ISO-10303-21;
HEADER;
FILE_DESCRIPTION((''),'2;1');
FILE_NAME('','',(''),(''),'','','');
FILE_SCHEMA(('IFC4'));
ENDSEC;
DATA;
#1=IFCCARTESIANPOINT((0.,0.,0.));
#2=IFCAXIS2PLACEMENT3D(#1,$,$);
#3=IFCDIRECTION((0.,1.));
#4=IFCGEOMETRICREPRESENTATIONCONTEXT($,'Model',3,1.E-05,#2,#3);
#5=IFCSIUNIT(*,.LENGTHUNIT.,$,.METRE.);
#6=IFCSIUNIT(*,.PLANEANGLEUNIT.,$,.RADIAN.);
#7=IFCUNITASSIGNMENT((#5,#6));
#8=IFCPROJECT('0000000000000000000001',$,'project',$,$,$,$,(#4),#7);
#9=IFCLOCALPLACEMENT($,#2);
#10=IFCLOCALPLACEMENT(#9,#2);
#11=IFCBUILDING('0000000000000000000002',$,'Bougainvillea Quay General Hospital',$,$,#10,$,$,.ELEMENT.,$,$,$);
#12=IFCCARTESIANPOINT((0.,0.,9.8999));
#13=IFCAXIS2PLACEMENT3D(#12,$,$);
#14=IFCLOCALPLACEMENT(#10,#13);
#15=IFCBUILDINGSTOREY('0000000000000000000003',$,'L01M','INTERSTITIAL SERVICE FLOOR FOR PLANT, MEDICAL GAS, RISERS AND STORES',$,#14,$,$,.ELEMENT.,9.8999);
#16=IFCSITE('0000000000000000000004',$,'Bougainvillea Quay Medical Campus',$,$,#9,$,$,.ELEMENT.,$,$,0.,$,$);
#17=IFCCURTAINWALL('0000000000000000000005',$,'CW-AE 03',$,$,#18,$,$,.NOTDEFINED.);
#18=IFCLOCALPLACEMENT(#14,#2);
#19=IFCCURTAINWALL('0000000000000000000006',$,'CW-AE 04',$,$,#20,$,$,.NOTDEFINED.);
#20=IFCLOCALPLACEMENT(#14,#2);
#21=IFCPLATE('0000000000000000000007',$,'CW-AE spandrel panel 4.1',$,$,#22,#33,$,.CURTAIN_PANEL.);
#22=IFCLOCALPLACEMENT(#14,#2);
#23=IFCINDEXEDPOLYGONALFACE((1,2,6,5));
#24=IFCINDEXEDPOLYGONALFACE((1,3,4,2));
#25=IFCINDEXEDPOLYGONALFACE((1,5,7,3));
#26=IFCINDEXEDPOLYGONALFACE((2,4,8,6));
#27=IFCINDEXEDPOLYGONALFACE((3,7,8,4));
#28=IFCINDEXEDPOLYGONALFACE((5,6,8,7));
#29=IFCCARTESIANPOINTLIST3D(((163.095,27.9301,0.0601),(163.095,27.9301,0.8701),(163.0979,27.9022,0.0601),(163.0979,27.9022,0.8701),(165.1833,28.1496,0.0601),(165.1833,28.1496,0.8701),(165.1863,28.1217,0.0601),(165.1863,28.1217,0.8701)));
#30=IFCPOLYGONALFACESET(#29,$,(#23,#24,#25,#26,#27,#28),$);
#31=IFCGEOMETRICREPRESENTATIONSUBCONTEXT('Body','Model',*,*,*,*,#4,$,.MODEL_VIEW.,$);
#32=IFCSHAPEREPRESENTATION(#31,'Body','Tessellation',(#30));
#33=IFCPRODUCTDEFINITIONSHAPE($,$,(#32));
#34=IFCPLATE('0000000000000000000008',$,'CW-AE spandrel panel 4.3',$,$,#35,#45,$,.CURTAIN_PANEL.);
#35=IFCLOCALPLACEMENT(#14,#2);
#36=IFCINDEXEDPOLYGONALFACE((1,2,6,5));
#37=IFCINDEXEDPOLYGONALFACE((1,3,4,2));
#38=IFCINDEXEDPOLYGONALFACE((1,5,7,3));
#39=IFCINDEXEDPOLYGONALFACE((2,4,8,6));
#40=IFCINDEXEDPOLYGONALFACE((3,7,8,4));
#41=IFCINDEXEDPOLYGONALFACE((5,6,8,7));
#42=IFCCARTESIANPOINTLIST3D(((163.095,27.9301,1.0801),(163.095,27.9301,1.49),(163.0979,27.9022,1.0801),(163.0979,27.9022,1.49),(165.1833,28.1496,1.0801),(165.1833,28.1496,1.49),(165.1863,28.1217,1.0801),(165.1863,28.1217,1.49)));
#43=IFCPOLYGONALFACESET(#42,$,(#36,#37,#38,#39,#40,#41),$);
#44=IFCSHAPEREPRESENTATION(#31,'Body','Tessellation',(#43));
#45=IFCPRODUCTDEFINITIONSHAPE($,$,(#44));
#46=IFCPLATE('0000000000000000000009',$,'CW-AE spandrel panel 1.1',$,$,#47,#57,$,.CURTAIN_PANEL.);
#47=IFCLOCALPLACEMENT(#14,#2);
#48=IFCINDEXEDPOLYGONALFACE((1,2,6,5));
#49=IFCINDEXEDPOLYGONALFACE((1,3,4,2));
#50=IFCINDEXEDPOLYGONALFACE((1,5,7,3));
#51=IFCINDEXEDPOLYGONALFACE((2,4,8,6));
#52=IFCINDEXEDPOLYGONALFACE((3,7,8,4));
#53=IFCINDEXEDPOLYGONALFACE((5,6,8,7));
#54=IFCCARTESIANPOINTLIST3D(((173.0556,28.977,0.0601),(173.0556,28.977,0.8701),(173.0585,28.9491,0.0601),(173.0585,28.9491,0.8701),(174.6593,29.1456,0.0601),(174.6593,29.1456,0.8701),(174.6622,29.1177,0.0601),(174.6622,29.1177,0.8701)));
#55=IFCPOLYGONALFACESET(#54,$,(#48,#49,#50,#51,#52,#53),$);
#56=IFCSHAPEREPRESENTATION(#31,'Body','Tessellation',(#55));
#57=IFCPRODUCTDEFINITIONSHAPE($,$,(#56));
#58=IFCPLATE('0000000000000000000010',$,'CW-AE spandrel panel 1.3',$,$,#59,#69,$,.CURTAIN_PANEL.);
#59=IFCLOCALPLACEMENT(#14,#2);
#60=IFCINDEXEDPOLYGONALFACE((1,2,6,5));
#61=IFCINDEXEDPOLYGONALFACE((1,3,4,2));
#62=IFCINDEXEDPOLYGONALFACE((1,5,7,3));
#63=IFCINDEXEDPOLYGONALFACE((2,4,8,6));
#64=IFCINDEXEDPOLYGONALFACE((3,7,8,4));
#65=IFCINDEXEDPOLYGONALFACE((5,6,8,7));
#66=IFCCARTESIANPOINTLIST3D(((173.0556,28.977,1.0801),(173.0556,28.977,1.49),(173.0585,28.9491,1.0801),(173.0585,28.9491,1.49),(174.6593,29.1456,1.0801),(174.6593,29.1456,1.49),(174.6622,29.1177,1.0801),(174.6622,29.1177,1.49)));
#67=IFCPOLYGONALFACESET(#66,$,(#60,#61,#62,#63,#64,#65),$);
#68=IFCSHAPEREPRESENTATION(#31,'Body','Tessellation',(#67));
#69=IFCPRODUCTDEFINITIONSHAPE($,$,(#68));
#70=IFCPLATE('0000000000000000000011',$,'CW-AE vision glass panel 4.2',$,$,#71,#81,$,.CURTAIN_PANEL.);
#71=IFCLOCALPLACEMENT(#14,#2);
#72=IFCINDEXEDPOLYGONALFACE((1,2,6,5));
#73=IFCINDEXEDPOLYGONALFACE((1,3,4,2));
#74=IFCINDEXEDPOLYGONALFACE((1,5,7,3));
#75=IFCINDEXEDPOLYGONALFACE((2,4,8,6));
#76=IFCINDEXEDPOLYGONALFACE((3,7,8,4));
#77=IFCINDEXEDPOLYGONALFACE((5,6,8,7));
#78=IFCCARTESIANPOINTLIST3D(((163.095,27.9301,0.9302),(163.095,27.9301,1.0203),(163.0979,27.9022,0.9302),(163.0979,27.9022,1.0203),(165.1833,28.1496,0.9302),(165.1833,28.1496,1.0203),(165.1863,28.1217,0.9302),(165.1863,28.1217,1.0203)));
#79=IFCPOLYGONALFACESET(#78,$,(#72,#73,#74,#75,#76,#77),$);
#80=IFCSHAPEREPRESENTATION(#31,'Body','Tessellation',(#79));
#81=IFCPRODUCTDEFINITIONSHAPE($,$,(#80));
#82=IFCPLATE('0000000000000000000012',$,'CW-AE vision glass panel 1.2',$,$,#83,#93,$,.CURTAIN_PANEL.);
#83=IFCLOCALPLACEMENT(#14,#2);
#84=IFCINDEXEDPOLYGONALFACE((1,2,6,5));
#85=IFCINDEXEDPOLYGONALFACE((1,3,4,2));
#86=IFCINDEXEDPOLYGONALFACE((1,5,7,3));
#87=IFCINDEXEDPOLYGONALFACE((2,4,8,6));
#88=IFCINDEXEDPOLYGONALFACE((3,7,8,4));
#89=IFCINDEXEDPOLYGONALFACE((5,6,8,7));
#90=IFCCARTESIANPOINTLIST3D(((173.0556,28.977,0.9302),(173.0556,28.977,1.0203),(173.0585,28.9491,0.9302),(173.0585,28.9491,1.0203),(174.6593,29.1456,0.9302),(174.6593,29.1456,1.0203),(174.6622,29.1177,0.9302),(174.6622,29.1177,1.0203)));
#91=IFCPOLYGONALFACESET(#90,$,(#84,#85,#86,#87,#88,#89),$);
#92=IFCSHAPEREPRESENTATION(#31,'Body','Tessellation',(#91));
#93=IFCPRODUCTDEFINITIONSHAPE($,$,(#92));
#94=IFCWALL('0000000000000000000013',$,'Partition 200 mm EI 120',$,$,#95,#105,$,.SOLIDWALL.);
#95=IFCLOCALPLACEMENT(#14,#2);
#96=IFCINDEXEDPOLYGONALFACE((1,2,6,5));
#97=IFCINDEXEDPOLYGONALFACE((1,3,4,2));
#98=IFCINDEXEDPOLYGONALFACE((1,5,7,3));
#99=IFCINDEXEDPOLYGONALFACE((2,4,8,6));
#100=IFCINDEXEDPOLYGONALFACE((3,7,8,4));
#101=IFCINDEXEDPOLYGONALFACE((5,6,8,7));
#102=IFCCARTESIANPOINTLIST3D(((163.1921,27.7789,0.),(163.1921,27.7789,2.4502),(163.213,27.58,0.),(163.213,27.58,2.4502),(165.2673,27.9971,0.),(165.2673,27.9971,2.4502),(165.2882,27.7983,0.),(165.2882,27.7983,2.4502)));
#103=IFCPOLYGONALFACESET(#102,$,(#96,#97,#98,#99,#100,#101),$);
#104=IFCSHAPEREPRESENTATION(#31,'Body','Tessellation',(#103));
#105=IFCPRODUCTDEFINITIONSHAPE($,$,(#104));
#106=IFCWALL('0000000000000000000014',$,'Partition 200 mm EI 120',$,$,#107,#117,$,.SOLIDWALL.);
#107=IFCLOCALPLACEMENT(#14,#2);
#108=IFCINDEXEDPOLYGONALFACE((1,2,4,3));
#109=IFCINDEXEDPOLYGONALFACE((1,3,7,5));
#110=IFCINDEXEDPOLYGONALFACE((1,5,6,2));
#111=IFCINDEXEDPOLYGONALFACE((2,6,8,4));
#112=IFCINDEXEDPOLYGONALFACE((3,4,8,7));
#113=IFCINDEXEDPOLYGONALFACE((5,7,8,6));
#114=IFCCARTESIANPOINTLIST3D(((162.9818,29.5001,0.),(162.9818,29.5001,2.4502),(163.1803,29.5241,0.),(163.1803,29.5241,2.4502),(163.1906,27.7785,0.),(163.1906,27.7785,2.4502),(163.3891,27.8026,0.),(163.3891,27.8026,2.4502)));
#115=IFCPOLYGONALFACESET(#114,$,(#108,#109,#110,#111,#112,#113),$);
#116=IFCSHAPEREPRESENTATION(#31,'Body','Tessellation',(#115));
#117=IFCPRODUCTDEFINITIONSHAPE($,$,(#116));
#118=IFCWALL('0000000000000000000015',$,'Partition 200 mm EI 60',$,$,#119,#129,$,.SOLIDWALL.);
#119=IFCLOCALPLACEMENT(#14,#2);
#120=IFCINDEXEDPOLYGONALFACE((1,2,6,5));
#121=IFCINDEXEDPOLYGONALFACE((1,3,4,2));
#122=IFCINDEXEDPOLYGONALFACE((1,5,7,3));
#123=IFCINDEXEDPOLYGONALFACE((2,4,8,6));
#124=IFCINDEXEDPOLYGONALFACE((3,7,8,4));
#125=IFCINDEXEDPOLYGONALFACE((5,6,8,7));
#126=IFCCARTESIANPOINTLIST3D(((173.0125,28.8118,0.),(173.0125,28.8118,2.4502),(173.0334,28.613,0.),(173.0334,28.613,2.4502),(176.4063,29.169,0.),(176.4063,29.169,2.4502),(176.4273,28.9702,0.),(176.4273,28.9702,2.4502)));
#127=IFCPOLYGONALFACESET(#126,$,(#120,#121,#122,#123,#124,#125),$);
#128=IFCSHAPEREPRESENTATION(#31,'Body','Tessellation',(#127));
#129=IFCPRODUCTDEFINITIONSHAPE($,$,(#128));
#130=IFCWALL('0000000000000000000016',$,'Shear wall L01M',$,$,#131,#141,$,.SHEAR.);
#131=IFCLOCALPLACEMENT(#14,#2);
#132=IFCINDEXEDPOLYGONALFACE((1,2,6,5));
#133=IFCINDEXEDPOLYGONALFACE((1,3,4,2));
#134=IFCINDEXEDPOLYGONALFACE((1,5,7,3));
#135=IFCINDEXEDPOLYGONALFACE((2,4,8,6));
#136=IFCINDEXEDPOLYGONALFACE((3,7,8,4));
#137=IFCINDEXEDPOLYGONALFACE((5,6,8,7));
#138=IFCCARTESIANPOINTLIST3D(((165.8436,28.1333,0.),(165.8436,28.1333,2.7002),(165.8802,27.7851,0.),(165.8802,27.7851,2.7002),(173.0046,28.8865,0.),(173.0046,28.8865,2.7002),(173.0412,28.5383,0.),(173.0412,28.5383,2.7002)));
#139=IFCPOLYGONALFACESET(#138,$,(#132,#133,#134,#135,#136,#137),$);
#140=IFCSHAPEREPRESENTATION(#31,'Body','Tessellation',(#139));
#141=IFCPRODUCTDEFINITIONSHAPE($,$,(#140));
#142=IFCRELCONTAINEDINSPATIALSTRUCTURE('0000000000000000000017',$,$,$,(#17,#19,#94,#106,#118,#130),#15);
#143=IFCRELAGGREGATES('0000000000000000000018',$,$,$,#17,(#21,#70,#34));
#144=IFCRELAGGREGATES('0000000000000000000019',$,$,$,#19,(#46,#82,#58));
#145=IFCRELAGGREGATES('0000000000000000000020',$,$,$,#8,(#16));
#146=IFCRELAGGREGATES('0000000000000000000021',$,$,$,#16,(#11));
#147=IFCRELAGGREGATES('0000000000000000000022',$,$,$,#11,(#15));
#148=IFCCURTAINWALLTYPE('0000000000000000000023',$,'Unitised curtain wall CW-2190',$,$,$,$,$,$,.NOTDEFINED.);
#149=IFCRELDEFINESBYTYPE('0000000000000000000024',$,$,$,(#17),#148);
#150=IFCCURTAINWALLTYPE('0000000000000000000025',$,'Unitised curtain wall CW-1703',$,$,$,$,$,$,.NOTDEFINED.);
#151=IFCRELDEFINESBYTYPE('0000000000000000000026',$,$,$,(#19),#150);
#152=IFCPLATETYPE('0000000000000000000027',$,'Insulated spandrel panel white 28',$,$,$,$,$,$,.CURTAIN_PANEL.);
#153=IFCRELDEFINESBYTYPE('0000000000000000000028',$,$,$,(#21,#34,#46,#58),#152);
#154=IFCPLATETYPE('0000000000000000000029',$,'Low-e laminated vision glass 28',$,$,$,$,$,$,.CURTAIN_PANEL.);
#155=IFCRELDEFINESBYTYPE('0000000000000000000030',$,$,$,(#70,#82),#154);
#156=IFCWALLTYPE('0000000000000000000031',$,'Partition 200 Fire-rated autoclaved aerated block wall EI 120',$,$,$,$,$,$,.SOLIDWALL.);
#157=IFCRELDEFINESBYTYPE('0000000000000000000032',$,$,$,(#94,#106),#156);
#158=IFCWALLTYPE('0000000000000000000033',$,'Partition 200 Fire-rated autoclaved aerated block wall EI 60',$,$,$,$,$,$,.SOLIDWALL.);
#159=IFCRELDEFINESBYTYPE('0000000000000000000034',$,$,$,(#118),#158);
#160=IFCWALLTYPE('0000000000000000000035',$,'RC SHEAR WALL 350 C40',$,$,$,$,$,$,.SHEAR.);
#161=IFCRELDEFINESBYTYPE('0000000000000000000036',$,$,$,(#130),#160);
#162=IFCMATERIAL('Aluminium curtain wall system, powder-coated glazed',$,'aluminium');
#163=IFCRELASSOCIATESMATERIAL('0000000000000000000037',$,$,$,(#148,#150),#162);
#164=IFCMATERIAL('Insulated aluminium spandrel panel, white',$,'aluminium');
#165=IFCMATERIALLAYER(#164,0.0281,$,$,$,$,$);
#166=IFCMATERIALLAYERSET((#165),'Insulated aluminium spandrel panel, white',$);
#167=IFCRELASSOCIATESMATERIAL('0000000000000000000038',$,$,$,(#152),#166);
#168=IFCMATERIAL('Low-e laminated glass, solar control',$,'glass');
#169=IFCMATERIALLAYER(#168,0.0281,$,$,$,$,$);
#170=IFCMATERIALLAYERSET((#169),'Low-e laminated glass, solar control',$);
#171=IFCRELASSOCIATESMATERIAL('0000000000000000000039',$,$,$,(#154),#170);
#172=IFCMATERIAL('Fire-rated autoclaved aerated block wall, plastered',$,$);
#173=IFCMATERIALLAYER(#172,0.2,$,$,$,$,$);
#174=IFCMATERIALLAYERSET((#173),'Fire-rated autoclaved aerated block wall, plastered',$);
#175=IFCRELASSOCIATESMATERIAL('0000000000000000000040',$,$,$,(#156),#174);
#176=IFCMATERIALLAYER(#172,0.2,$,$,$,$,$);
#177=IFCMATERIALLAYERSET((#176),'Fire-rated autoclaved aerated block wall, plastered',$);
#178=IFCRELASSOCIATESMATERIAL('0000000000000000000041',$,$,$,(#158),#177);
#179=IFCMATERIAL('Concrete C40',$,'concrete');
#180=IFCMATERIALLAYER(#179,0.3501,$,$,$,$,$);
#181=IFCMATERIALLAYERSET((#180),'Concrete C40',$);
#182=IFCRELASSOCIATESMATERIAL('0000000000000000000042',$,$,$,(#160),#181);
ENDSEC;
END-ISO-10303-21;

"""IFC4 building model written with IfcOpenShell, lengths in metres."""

from ifc_helpers import new_model, si_unit, direction, frame, frame_2d, origin, origin_2d, place, context, subcontext, project, spatial, rectangle, extrude, material, layer, layer_set, type_object, element, aggregate, save


model = new_model("IFC4")

# Units and contexts
model_context = context("Model", 3, precision=1e-05, world=origin(), true_north=direction((0.0, 1.0)))
body_context = subcontext(model_context, "Body", "Model", "MODEL_VIEW")
ifc_project = project(units=[si_unit("LENGTHUNIT", "METRE"), si_unit("PLANEANGLEUNIT", "RADIAN")], contexts=[model_context])

# Site, building, storey
site_placement = place(None, origin())
site = spatial("IfcSite", under=ifc_project, at=site_placement, Name="Bougainvillea Quay Medical Campus", CompositionType="ELEMENT", RefElevation=0.0)
building_placement = place(site_placement, origin())
building = spatial("IfcBuilding", under=site, at=building_placement, Name="Bougainvillea Quay General Hospital", CompositionType="ELEMENT")
storey_placement = place(building_placement, frame((0.0, 0.0, 9.8999)))
storey = spatial("IfcBuildingStorey", under=building, at=storey_placement, Name="L01M", Description="INTERSTITIAL SERVICE FLOOR FOR PLANT, MEDICAL GAS, RISERS AND STORES", CompositionType="ELEMENT", Elevation=9.8999)

# Curtain walls
ifc_material_1 = material(Name="Aluminium curtain wall system, powder-coated glazed", Category="aluminium")
curtain_wall_type_1 = type_object("IfcCurtainWallType", Name="Unitised curtain wall CW-2190", PredefinedType="NOTDEFINED", material=ifc_material_1)
curtain_wall_1_placement = place(storey_placement, origin())
curtain_wall_1 = element("IfcCurtainWall", 1, at=curtain_wall_1_placement, inside=storey, type_object=curtain_wall_type_1, Name="CW-AE 03", PredefinedType="NOTDEFINED")
curtain_wall_type_2 = type_object("IfcCurtainWallType", Name="Unitised curtain wall CW-1703", PredefinedType="NOTDEFINED", material=ifc_material_1)
curtain_wall_2_placement = place(storey_placement, origin())
curtain_wall_2 = element("IfcCurtainWall", 2, at=curtain_wall_2_placement, inside=storey, type_object=curtain_wall_type_2, Name="CW-AE 04", PredefinedType="NOTDEFINED")

# Plates
ifc_material_2 = material(Name="Insulated aluminium spandrel panel, white", Category="aluminium")
ifc_layer_1 = layer(ifc_material_2, 0.0281)
ifc_layer_set_1 = layer_set([ifc_layer_1], Name="Insulated aluminium spandrel panel, white")
plate_type_1 = type_object("IfcPlateType", Name="Insulated spandrel panel white 28", PredefinedType="CURTAIN_PANEL", material=ifc_layer_set_1)
plate_1_placement = place(storey_placement, frame((164.1406, 28.0259, 0.0601), z_axis=(0.0, 0.0, 1.0), x_axis=(0.994522, 0.104527, 0.0)))
plate_1 = element("IfcPlate", 3, at=plate_1_placement, type_object=plate_type_1, Name="CW-AE spandrel panel 4.1", PredefinedType="CURTAIN_PANEL", context=body_context, shape_type="SweptSolid", body=[
    extrude(rectangle(XDim=2.0999, YDim=0.0281, at=origin_2d()), origin(), (0.0, 0.0, 1.0), 0.8101),
])
plate_2_placement = place(storey_placement, frame((164.1406, 28.0259, 1.0801), z_axis=(0.0, 0.0, 1.0), x_axis=(0.994522, 0.104527, 0.0)))
plate_2 = element("IfcPlate", 4, at=plate_2_placement, type_object=plate_type_1, Name="CW-AE spandrel panel 4.3", PredefinedType="CURTAIN_PANEL", context=body_context, shape_type="SweptSolid", body=[
    extrude(rectangle(XDim=2.0999, YDim=0.0281, at=origin_2d()), origin(), (0.0, 0.0, 1.0), 0.4099),
])
plate_3_placement = place(storey_placement, frame((173.8589, 29.0474, 0.0601), z_axis=(0.0, 0.0, 1.0), x_axis=(0.994522, 0.104527, 0.0)))
plate_3 = element("IfcPlate", 5, at=plate_3_placement, type_object=plate_type_1, Name="CW-AE spandrel panel 1.1", PredefinedType="CURTAIN_PANEL", context=body_context, shape_type="SweptSolid", body=[
    extrude(rectangle(XDim=1.6125, YDim=0.0281, at=origin_2d()), origin(), (0.0, 0.0, 1.0), 0.8101),
])
plate_4_placement = place(storey_placement, frame((173.8589, 29.0474, 1.0801), z_axis=(0.0, 0.0, 1.0), x_axis=(0.994522, 0.104527, 0.0)))
plate_4 = element("IfcPlate", 6, at=plate_4_placement, type_object=plate_type_1, Name="CW-AE spandrel panel 1.3", PredefinedType="CURTAIN_PANEL", context=body_context, shape_type="SweptSolid", body=[
    extrude(rectangle(XDim=1.6125, YDim=0.0281, at=origin_2d()), origin(), (0.0, 0.0, 1.0), 0.4099),
])
ifc_material_3 = material(Name="Low-e laminated glass, solar control", Category="glass")
ifc_layer_2 = layer(ifc_material_3, 0.0281)
ifc_layer_set_2 = layer_set([ifc_layer_2], Name="Low-e laminated glass, solar control")
plate_type_2 = type_object("IfcPlateType", Name="Low-e laminated vision glass 28", PredefinedType="CURTAIN_PANEL", material=ifc_layer_set_2)
plate_5_placement = place(storey_placement, frame((164.1406, 28.0259, 0.9302), z_axis=(0.0, 0.0, 1.0), x_axis=(0.994522, 0.104527, 0.0)))
plate_5 = element("IfcPlate", 7, at=plate_5_placement, type_object=plate_type_2, Name="CW-AE vision glass panel 4.2", PredefinedType="CURTAIN_PANEL", context=body_context, shape_type="SweptSolid", body=[
    extrude(rectangle(XDim=2.0999, YDim=0.0281, at=origin_2d()), origin(), (0.0, 0.0, 1.0), 0.0901),
])
aggregate(curtain_wall_1, [plate_1, plate_5, plate_2])
plate_6_placement = place(storey_placement, frame((173.8589, 29.0474, 0.9302), z_axis=(0.0, 0.0, 1.0), x_axis=(0.994522, 0.104527, 0.0)))
plate_6 = element("IfcPlate", 8, at=plate_6_placement, type_object=plate_type_2, Name="CW-AE vision glass panel 1.2", PredefinedType="CURTAIN_PANEL", context=body_context, shape_type="SweptSolid", body=[
    extrude(rectangle(XDim=1.6125, YDim=0.0281, at=origin_2d()), origin(), (0.0, 0.0, 1.0), 0.0901),
])
aggregate(curtain_wall_2, [plate_3, plate_6, plate_4])

# Walls
ifc_material_4 = material(Name="Fire-rated autoclaved aerated block wall, plastered")
ifc_layer_3 = layer(ifc_material_4, 0.2)
ifc_layer_set_3 = layer_set([ifc_layer_3], Name="Fire-rated autoclaved aerated block wall, plastered")
wall_type_1 = type_object("IfcWallType", Name="Partition 200 Fire-rated autoclaved aerated block wall EI 120", PredefinedType="SOLIDWALL", material=ifc_layer_set_3)
wall_1_placement = place(storey_placement, frame((163.2024, 27.6794, 0.0), z_axis=(0.0, 0.0, 1.0), x_axis=(0.994514, 0.1046, 0.0)))
element("IfcWall", 9, at=wall_1_placement, inside=storey, type_object=wall_type_1, Name="Partition 200 mm EI 120", PredefinedType="SOLIDWALL", context=body_context, shape_type="SweptSolid", body=[
    extrude(rectangle(XDim=2.0867, YDim=0.2, at=frame_2d((1.0435, 0.0))), origin(), (0.0, 0.0, 1.0), 2.4502),
])
wall_2_placement = place(storey_placement, frame((163.0811, 29.5122, 0.0), z_axis=(0.0, 0.0, 1.0), x_axis=(0.120378, -0.992728, 0.0)))
element("IfcWall", 10, at=wall_2_placement, inside=storey, type_object=wall_type_1, Name="Partition 200 mm EI 120", PredefinedType="SOLIDWALL", context=body_context, shape_type="SweptSolid", body=[
    extrude(rectangle(XDim=1.7341, YDim=0.2, at=frame_2d((0.8672, 0.0))), origin(), (0.0, 0.0, 1.0), 2.4502),
])
ifc_layer_4 = layer(ifc_material_4, 0.2)
ifc_layer_set_4 = layer_set([ifc_layer_4], Name="Fire-rated autoclaved aerated block wall, plastered")
wall_type_2 = type_object("IfcWallType", Name="Partition 200 Fire-rated autoclaved aerated block wall EI 60", PredefinedType="SOLIDWALL", material=ifc_layer_set_4)
wall_3_placement = place(storey_placement, frame((173.0229, 28.7124, 0.0), z_axis=(0.0, 0.0, 1.0), x_axis=(0.994507, 0.104666, 0.0)))
element("IfcWall", 11, at=wall_3_placement, inside=storey, type_object=wall_type_2, Name="Partition 200 mm EI 60", PredefinedType="SOLIDWALL", context=body_context, shape_type="SweptSolid", body=[
    extrude(rectangle(XDim=3.4126, YDim=0.2, at=frame_2d((1.7063, 0.0))), origin(), (0.0, 0.0, 1.0), 2.4502),
])
ifc_material_5 = material(Name="Concrete C40", Category="concrete")
ifc_layer_5 = layer(ifc_material_5, 0.3501)
ifc_layer_set_5 = layer_set([ifc_layer_5], Name="Concrete C40")
wall_type_3 = type_object("IfcWallType", Name="RC SHEAR WALL 350 C40", PredefinedType="SHEAR", material=ifc_layer_set_5)
wall_4_placement = place(storey_placement, frame((165.8621, 27.9592, 0.0), z_axis=(0.0, 0.0, 1.0), x_axis=(0.994514, 0.104602, 0.0)))
element("IfcWall", 12, at=wall_4_placement, inside=storey, type_object=wall_type_3, Name="Shear wall L01M", PredefinedType="SHEAR", context=body_context, shape_type="SweptSolid", body=[
    extrude(rectangle(XDim=7.2004, YDim=0.3501, at=frame_2d((3.6001, 0.0))), origin(), (0.0, 0.0, 1.0), 2.7002),
])

save(model, "model.ifc")
